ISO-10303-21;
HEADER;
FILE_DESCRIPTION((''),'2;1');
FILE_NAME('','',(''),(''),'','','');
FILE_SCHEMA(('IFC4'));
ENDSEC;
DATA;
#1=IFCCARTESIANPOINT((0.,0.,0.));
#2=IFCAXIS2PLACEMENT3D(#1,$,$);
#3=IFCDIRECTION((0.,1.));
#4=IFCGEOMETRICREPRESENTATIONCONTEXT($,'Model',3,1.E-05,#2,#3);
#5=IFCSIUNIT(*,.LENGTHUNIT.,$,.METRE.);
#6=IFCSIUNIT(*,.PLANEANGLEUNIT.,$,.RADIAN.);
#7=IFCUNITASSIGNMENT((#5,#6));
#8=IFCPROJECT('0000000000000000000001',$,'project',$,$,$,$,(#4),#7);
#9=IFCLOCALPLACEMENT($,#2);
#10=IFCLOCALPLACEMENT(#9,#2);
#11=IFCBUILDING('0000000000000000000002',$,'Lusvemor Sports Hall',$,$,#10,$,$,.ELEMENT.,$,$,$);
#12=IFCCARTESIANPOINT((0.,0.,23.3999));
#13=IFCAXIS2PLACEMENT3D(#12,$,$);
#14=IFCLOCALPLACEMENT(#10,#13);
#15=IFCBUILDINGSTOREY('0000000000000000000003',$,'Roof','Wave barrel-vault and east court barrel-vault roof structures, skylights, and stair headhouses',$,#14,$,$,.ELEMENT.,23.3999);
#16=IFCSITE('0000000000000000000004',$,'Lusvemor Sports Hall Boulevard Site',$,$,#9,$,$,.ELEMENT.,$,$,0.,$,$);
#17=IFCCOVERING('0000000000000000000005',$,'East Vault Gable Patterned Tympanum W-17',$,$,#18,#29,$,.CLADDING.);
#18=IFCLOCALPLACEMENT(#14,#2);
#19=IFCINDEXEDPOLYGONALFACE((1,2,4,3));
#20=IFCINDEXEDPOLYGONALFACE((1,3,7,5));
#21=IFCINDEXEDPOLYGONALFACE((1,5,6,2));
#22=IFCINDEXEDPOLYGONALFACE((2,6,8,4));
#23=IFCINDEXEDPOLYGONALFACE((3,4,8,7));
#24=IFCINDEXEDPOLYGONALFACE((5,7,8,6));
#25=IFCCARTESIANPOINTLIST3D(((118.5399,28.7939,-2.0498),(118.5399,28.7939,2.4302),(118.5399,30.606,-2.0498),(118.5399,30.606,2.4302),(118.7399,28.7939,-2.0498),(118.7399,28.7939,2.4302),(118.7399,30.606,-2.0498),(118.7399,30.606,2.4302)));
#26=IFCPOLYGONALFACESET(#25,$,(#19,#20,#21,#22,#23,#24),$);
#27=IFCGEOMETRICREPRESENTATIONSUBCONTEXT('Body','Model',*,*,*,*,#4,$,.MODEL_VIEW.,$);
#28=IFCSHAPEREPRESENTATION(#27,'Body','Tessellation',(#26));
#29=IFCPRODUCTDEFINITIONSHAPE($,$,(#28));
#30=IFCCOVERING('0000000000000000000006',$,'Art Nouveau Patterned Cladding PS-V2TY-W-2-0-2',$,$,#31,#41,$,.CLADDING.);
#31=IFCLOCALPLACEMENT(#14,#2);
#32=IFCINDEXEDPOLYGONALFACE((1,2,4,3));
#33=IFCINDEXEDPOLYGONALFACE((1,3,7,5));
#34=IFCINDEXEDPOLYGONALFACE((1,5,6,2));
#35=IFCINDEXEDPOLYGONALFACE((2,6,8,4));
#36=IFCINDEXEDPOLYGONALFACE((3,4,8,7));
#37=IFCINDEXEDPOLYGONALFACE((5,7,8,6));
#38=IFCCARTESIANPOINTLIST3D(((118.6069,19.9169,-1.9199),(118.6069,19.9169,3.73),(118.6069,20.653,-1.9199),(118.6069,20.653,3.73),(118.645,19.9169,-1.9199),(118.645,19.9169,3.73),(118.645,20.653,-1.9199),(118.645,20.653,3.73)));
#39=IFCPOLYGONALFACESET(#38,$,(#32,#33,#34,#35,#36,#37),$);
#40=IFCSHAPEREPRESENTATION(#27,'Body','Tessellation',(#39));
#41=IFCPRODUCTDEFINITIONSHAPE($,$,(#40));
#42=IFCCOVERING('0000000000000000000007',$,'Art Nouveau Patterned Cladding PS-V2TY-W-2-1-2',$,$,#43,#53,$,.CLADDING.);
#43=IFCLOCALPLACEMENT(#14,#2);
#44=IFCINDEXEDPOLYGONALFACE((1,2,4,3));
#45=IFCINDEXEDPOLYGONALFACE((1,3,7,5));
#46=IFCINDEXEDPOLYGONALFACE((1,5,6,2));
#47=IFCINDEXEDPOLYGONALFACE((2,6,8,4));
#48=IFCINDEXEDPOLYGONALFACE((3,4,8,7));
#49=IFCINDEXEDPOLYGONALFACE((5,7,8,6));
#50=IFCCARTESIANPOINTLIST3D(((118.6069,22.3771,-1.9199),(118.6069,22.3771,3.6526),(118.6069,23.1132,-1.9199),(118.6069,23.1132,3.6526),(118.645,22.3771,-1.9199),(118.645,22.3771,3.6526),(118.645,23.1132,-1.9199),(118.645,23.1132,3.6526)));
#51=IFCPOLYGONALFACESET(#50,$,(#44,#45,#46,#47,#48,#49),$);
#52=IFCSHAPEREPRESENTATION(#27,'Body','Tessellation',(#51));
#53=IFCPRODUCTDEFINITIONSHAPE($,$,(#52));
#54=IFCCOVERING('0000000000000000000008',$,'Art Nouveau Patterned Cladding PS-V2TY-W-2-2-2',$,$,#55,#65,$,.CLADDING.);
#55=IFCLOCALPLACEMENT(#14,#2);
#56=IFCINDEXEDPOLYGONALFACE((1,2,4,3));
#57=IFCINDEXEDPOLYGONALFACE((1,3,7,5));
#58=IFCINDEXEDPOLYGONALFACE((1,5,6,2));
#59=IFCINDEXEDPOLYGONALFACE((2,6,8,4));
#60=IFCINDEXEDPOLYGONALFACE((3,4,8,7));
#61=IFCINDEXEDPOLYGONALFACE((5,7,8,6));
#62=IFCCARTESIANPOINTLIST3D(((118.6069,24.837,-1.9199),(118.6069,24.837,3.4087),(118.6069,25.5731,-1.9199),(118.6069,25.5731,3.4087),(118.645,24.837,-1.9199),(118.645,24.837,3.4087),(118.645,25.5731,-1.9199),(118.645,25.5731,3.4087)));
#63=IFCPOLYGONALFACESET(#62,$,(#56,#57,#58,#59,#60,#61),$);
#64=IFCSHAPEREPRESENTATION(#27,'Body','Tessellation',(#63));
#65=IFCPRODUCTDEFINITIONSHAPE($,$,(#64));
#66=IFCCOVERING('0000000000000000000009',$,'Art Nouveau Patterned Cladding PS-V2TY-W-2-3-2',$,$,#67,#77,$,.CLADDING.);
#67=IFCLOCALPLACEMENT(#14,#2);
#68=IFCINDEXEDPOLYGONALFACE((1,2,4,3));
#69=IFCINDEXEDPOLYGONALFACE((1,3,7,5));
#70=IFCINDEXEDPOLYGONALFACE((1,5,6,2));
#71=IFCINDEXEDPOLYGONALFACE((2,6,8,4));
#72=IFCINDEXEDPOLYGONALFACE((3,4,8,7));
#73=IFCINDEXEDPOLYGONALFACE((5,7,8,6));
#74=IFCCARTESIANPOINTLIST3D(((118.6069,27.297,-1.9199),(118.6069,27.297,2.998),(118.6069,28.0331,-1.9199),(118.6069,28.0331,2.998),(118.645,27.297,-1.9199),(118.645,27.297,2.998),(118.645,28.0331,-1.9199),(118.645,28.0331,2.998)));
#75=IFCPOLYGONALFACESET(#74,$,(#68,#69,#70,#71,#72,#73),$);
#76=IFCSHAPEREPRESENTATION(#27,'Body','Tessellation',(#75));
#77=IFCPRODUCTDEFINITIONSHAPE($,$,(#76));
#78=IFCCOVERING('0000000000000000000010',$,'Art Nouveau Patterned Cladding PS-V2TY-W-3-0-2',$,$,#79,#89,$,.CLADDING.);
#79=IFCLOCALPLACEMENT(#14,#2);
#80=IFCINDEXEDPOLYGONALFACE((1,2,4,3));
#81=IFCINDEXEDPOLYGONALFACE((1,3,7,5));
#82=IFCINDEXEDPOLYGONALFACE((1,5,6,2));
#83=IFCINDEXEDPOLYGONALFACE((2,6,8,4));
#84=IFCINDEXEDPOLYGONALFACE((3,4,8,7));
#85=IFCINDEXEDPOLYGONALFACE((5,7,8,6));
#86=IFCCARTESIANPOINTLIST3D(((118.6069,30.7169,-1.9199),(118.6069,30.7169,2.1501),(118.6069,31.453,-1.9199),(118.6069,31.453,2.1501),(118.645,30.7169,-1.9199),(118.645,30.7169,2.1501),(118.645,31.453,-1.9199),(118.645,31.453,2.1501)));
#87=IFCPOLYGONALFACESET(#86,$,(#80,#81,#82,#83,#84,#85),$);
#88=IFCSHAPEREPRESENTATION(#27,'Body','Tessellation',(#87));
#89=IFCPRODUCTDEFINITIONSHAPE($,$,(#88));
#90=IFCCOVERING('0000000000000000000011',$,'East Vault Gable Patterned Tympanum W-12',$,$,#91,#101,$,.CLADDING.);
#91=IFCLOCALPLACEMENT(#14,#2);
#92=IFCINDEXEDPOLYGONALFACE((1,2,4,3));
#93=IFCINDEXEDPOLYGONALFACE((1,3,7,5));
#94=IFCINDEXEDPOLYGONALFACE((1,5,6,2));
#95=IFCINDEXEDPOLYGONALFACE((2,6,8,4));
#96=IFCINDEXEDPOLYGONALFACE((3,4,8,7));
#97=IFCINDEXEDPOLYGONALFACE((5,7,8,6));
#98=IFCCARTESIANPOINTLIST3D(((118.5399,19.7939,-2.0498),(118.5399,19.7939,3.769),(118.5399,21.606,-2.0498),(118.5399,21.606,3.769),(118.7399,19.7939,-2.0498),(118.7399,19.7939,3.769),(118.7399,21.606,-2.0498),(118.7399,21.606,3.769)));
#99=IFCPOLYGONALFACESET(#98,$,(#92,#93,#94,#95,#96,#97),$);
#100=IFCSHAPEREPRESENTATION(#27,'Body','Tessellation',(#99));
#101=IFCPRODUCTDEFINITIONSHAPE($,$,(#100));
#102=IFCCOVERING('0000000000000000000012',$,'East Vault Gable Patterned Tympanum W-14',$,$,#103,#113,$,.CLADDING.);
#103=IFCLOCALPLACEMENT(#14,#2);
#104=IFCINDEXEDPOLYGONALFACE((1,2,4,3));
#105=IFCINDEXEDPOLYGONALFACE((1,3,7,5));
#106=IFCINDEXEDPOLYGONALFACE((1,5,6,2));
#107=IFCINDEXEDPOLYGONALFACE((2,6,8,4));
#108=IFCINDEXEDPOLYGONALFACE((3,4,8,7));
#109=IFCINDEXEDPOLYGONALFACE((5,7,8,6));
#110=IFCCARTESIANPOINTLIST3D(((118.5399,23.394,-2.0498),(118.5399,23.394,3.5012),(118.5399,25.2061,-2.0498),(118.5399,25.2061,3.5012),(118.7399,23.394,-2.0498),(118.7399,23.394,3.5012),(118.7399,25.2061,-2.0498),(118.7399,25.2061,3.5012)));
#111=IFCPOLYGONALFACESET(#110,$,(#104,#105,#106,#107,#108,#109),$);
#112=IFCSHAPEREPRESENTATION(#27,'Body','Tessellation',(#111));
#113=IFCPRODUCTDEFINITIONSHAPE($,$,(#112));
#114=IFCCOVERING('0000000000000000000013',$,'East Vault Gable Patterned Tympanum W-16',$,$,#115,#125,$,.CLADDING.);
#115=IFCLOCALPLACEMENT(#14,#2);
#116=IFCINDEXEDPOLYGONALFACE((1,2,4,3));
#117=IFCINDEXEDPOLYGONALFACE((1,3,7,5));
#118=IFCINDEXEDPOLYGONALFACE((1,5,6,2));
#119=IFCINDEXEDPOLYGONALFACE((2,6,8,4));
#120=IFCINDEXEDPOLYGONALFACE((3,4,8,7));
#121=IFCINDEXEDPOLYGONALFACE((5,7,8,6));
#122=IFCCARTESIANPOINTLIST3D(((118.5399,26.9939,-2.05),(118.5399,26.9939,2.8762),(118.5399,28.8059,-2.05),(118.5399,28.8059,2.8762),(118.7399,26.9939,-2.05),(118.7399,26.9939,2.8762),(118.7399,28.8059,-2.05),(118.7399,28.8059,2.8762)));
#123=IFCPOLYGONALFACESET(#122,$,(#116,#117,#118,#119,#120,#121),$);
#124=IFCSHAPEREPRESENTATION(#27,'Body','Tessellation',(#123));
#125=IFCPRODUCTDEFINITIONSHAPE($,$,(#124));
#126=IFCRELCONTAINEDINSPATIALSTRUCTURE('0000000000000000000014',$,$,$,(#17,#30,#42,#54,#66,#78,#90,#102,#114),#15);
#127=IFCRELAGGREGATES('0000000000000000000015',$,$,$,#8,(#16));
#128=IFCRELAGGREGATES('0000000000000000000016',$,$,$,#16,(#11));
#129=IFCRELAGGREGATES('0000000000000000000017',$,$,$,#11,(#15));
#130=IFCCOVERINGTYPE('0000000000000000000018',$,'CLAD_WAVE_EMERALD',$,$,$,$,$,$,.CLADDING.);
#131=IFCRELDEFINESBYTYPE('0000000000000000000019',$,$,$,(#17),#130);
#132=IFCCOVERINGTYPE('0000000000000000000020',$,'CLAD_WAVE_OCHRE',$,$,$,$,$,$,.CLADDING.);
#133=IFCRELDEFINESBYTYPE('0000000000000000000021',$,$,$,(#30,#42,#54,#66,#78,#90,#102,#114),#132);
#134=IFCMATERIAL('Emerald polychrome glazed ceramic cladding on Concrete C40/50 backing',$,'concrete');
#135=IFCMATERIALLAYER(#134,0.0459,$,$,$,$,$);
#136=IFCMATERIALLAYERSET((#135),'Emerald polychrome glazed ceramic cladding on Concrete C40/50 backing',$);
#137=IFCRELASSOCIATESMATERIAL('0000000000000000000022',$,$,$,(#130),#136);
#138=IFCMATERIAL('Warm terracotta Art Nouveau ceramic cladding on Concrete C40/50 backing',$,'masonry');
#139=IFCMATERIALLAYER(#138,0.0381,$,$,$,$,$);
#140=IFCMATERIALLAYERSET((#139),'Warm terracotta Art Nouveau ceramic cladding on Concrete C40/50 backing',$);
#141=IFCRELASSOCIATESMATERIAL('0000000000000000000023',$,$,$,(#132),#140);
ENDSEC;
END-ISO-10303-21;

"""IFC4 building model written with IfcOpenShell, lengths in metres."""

from ifc_helpers import new_model, si_unit, direction, frame, origin, origin_2d, place, context, subcontext, project, spatial, rectangle, extrude, material, layer, layer_set, type_object, element, save


model = new_model("IFC4")

# Units and contexts
model_context = context("Model", 3, precision=1e-05, world=origin(), true_north=direction((0.0, 1.0)))
body_context = subcontext(model_context, "Body", "Model", "MODEL_VIEW")
ifc_project = project(units=[si_unit("LENGTHUNIT", "METRE"), si_unit("PLANEANGLEUNIT", "RADIAN")], contexts=[model_context])

# Site, building, storey
site_placement = place(None, origin())
site = spatial("IfcSite", under=ifc_project, at=site_placement, Name="Lusvemor Sports Hall Boulevard Site", CompositionType="ELEMENT", RefElevation=0.0)
building_placement = place(site_placement, origin())
building = spatial("IfcBuilding", under=site, at=building_placement, Name="Lusvemor Sports Hall", CompositionType="ELEMENT")
storey_placement = place(building_placement, frame((0.0, 0.0, 23.3999)))
storey = spatial("IfcBuildingStorey", under=building, at=storey_placement, Name="Roof", Description="Wave barrel-vault and east court barrel-vault roof structures, skylights, and stair headhouses", CompositionType="ELEMENT", Elevation=23.3999)

# Coverings
ifc_material_1 = material(Name="Emerald polychrome glazed ceramic cladding on Concrete C40/50 backing", Category="concrete")
ifc_layer_1 = layer(ifc_material_1, 0.0459)
ifc_layer_set_1 = layer_set([ifc_layer_1], Name="Emerald polychrome glazed ceramic cladding on Concrete C40/50 backing")
covering_type_1 = type_object("IfcCoveringType", Name="CLAD_WAVE_EMERALD", PredefinedType="CLADDING", material=ifc_layer_set_1)
covering_1_placement = place(storey_placement, frame((118.6399, 29.7, -2.0498), z_axis=(0.0, 0.0, 1.0), x_axis=(1.0, 0.0, 0.0)))
element("IfcCovering", 1, at=covering_1_placement, inside=storey, type_object=covering_type_1, Name="East Vault Gable Patterned Tympanum W-17", PredefinedType="CLADDING", context=body_context, shape_type="SweptSolid", body=[
    extrude(rectangle(XDim=0.2, YDim=1.812, at=origin_2d()), origin(), (0.0, 0.0, 1.0), 4.48),
])
ifc_material_2 = material(Name="Warm terracotta Art Nouveau ceramic cladding on Concrete C40/50 backing", Category="masonry")
ifc_layer_2 = layer(ifc_material_2, 0.0381)
ifc_layer_set_2 = layer_set([ifc_layer_2], Name="Warm terracotta Art Nouveau ceramic cladding on Concrete C40/50 backing")
covering_type_2 = type_object("IfcCoveringType", Name="CLAD_WAVE_OCHRE", PredefinedType="CLADDING", material=ifc_layer_set_2)
covering_2_placement = place(storey_placement, frame((118.626, 20.2849, -1.9199), z_axis=(0.0, 0.0, 1.0), x_axis=(1.0, 0.0, 0.0)))
element("IfcCovering", 2, at=covering_2_placement, inside=storey, type_object=covering_type_2, Name="Art Nouveau Patterned Cladding PS-V2TY-W-2-0-2", PredefinedType="CLADDING", context=body_context, shape_type="SweptSolid", body=[
    extrude(rectangle(XDim=0.0381, YDim=0.7361, at=origin_2d()), origin(), (0.0, 0.0, 1.0), 5.6499),
])
covering_3_placement = place(storey_placement, frame((118.626, 22.7451, -1.9199), z_axis=(0.0, 0.0, 1.0), x_axis=(1.0, 0.0, 0.0)))
element("IfcCovering", 3, at=covering_3_placement, inside=storey, type_object=covering_type_2, Name="Art Nouveau Patterned Cladding PS-V2TY-W-2-1-2", PredefinedType="CLADDING", context=body_context, shape_type="SweptSolid", body=[
    extrude(rectangle(XDim=0.0381, YDim=0.7361, at=origin_2d()), origin(), (0.0, 0.0, 1.0), 5.5725),
])
covering_4_placement = place(storey_placement, frame((118.626, 25.2051, -1.9199), z_axis=(0.0, 0.0, 1.0), x_axis=(1.0, 0.0, 0.0)))
element("IfcCovering", 4, at=covering_4_placement, inside=storey, type_object=covering_type_2, Name="Art Nouveau Patterned Cladding PS-V2TY-W-2-2-2", PredefinedType="CLADDING", context=body_context, shape_type="SweptSolid", body=[
    extrude(rectangle(XDim=0.0381, YDim=0.7361, at=origin_2d()), origin(), (0.0, 0.0, 1.0), 5.3286),
])
covering_5_placement = place(storey_placement, frame((118.626, 27.665, -1.9199), z_axis=(0.0, 0.0, 1.0), x_axis=(1.0, 0.0, 0.0)))
element("IfcCovering", 5, at=covering_5_placement, inside=storey, type_object=covering_type_2, Name="Art Nouveau Patterned Cladding PS-V2TY-W-2-3-2", PredefinedType="CLADDING", context=body_context, shape_type="SweptSolid", body=[
    extrude(rectangle(XDim=0.0381, YDim=0.7361, at=origin_2d()), origin(), (0.0, 0.0, 1.0), 4.918),
])
covering_6_placement = place(storey_placement, frame((118.626, 31.085, -1.9199), z_axis=(0.0, 0.0, 1.0), x_axis=(1.0, 0.0, 0.0)))
element("IfcCovering", 6, at=covering_6_placement, inside=storey, type_object=covering_type_2, Name="Art Nouveau Patterned Cladding PS-V2TY-W-3-0-2", PredefinedType="CLADDING", context=body_context, shape_type="SweptSolid", body=[
    extrude(rectangle(XDim=0.0381, YDim=0.7361, at=origin_2d()), origin(), (0.0, 0.0, 1.0), 4.0701),
])
covering_7_placement = place(storey_placement, frame((118.6399, 20.7, -2.0498), z_axis=(0.0, 0.0, 1.0), x_axis=(1.0, 0.0, 0.0)))
element("IfcCovering", 7, at=covering_7_placement, inside=storey, type_object=covering_type_2, Name="East Vault Gable Patterned Tympanum W-12", PredefinedType="CLADDING", context=body_context, shape_type="SweptSolid", body=[
    extrude(rectangle(XDim=0.2, YDim=1.812, at=origin_2d()), origin(), (0.0, 0.0, 1.0), 5.8188),
])
covering_8_placement = place(storey_placement, frame((118.6399, 24.3, -2.0498), z_axis=(0.0, 0.0, 1.0), x_axis=(1.0, 0.0, 0.0)))
element("IfcCovering", 8, at=covering_8_placement, inside=storey, type_object=covering_type_2, Name="East Vault Gable Patterned Tympanum W-14", PredefinedType="CLADDING", context=body_context, shape_type="SweptSolid", body=[
    extrude(rectangle(XDim=0.2, YDim=1.812, at=origin_2d()), origin(), (0.0, 0.0, 1.0), 5.551),
])
covering_9_placement = place(storey_placement, frame((118.6399, 27.8999, -2.05), z_axis=(0.0, 0.0, 1.0), x_axis=(1.0, 0.0, 0.0)))
element("IfcCovering", 9, at=covering_9_placement, inside=storey, type_object=covering_type_2, Name="East Vault Gable Patterned Tympanum W-16", PredefinedType="CLADDING", context=body_context, shape_type="SweptSolid", body=[
    extrude(rectangle(XDim=0.2, YDim=1.812, at=origin_2d()), origin(), (0.0, 0.0, 1.0), 4.9263),
])

save(model, "model.ifc")
